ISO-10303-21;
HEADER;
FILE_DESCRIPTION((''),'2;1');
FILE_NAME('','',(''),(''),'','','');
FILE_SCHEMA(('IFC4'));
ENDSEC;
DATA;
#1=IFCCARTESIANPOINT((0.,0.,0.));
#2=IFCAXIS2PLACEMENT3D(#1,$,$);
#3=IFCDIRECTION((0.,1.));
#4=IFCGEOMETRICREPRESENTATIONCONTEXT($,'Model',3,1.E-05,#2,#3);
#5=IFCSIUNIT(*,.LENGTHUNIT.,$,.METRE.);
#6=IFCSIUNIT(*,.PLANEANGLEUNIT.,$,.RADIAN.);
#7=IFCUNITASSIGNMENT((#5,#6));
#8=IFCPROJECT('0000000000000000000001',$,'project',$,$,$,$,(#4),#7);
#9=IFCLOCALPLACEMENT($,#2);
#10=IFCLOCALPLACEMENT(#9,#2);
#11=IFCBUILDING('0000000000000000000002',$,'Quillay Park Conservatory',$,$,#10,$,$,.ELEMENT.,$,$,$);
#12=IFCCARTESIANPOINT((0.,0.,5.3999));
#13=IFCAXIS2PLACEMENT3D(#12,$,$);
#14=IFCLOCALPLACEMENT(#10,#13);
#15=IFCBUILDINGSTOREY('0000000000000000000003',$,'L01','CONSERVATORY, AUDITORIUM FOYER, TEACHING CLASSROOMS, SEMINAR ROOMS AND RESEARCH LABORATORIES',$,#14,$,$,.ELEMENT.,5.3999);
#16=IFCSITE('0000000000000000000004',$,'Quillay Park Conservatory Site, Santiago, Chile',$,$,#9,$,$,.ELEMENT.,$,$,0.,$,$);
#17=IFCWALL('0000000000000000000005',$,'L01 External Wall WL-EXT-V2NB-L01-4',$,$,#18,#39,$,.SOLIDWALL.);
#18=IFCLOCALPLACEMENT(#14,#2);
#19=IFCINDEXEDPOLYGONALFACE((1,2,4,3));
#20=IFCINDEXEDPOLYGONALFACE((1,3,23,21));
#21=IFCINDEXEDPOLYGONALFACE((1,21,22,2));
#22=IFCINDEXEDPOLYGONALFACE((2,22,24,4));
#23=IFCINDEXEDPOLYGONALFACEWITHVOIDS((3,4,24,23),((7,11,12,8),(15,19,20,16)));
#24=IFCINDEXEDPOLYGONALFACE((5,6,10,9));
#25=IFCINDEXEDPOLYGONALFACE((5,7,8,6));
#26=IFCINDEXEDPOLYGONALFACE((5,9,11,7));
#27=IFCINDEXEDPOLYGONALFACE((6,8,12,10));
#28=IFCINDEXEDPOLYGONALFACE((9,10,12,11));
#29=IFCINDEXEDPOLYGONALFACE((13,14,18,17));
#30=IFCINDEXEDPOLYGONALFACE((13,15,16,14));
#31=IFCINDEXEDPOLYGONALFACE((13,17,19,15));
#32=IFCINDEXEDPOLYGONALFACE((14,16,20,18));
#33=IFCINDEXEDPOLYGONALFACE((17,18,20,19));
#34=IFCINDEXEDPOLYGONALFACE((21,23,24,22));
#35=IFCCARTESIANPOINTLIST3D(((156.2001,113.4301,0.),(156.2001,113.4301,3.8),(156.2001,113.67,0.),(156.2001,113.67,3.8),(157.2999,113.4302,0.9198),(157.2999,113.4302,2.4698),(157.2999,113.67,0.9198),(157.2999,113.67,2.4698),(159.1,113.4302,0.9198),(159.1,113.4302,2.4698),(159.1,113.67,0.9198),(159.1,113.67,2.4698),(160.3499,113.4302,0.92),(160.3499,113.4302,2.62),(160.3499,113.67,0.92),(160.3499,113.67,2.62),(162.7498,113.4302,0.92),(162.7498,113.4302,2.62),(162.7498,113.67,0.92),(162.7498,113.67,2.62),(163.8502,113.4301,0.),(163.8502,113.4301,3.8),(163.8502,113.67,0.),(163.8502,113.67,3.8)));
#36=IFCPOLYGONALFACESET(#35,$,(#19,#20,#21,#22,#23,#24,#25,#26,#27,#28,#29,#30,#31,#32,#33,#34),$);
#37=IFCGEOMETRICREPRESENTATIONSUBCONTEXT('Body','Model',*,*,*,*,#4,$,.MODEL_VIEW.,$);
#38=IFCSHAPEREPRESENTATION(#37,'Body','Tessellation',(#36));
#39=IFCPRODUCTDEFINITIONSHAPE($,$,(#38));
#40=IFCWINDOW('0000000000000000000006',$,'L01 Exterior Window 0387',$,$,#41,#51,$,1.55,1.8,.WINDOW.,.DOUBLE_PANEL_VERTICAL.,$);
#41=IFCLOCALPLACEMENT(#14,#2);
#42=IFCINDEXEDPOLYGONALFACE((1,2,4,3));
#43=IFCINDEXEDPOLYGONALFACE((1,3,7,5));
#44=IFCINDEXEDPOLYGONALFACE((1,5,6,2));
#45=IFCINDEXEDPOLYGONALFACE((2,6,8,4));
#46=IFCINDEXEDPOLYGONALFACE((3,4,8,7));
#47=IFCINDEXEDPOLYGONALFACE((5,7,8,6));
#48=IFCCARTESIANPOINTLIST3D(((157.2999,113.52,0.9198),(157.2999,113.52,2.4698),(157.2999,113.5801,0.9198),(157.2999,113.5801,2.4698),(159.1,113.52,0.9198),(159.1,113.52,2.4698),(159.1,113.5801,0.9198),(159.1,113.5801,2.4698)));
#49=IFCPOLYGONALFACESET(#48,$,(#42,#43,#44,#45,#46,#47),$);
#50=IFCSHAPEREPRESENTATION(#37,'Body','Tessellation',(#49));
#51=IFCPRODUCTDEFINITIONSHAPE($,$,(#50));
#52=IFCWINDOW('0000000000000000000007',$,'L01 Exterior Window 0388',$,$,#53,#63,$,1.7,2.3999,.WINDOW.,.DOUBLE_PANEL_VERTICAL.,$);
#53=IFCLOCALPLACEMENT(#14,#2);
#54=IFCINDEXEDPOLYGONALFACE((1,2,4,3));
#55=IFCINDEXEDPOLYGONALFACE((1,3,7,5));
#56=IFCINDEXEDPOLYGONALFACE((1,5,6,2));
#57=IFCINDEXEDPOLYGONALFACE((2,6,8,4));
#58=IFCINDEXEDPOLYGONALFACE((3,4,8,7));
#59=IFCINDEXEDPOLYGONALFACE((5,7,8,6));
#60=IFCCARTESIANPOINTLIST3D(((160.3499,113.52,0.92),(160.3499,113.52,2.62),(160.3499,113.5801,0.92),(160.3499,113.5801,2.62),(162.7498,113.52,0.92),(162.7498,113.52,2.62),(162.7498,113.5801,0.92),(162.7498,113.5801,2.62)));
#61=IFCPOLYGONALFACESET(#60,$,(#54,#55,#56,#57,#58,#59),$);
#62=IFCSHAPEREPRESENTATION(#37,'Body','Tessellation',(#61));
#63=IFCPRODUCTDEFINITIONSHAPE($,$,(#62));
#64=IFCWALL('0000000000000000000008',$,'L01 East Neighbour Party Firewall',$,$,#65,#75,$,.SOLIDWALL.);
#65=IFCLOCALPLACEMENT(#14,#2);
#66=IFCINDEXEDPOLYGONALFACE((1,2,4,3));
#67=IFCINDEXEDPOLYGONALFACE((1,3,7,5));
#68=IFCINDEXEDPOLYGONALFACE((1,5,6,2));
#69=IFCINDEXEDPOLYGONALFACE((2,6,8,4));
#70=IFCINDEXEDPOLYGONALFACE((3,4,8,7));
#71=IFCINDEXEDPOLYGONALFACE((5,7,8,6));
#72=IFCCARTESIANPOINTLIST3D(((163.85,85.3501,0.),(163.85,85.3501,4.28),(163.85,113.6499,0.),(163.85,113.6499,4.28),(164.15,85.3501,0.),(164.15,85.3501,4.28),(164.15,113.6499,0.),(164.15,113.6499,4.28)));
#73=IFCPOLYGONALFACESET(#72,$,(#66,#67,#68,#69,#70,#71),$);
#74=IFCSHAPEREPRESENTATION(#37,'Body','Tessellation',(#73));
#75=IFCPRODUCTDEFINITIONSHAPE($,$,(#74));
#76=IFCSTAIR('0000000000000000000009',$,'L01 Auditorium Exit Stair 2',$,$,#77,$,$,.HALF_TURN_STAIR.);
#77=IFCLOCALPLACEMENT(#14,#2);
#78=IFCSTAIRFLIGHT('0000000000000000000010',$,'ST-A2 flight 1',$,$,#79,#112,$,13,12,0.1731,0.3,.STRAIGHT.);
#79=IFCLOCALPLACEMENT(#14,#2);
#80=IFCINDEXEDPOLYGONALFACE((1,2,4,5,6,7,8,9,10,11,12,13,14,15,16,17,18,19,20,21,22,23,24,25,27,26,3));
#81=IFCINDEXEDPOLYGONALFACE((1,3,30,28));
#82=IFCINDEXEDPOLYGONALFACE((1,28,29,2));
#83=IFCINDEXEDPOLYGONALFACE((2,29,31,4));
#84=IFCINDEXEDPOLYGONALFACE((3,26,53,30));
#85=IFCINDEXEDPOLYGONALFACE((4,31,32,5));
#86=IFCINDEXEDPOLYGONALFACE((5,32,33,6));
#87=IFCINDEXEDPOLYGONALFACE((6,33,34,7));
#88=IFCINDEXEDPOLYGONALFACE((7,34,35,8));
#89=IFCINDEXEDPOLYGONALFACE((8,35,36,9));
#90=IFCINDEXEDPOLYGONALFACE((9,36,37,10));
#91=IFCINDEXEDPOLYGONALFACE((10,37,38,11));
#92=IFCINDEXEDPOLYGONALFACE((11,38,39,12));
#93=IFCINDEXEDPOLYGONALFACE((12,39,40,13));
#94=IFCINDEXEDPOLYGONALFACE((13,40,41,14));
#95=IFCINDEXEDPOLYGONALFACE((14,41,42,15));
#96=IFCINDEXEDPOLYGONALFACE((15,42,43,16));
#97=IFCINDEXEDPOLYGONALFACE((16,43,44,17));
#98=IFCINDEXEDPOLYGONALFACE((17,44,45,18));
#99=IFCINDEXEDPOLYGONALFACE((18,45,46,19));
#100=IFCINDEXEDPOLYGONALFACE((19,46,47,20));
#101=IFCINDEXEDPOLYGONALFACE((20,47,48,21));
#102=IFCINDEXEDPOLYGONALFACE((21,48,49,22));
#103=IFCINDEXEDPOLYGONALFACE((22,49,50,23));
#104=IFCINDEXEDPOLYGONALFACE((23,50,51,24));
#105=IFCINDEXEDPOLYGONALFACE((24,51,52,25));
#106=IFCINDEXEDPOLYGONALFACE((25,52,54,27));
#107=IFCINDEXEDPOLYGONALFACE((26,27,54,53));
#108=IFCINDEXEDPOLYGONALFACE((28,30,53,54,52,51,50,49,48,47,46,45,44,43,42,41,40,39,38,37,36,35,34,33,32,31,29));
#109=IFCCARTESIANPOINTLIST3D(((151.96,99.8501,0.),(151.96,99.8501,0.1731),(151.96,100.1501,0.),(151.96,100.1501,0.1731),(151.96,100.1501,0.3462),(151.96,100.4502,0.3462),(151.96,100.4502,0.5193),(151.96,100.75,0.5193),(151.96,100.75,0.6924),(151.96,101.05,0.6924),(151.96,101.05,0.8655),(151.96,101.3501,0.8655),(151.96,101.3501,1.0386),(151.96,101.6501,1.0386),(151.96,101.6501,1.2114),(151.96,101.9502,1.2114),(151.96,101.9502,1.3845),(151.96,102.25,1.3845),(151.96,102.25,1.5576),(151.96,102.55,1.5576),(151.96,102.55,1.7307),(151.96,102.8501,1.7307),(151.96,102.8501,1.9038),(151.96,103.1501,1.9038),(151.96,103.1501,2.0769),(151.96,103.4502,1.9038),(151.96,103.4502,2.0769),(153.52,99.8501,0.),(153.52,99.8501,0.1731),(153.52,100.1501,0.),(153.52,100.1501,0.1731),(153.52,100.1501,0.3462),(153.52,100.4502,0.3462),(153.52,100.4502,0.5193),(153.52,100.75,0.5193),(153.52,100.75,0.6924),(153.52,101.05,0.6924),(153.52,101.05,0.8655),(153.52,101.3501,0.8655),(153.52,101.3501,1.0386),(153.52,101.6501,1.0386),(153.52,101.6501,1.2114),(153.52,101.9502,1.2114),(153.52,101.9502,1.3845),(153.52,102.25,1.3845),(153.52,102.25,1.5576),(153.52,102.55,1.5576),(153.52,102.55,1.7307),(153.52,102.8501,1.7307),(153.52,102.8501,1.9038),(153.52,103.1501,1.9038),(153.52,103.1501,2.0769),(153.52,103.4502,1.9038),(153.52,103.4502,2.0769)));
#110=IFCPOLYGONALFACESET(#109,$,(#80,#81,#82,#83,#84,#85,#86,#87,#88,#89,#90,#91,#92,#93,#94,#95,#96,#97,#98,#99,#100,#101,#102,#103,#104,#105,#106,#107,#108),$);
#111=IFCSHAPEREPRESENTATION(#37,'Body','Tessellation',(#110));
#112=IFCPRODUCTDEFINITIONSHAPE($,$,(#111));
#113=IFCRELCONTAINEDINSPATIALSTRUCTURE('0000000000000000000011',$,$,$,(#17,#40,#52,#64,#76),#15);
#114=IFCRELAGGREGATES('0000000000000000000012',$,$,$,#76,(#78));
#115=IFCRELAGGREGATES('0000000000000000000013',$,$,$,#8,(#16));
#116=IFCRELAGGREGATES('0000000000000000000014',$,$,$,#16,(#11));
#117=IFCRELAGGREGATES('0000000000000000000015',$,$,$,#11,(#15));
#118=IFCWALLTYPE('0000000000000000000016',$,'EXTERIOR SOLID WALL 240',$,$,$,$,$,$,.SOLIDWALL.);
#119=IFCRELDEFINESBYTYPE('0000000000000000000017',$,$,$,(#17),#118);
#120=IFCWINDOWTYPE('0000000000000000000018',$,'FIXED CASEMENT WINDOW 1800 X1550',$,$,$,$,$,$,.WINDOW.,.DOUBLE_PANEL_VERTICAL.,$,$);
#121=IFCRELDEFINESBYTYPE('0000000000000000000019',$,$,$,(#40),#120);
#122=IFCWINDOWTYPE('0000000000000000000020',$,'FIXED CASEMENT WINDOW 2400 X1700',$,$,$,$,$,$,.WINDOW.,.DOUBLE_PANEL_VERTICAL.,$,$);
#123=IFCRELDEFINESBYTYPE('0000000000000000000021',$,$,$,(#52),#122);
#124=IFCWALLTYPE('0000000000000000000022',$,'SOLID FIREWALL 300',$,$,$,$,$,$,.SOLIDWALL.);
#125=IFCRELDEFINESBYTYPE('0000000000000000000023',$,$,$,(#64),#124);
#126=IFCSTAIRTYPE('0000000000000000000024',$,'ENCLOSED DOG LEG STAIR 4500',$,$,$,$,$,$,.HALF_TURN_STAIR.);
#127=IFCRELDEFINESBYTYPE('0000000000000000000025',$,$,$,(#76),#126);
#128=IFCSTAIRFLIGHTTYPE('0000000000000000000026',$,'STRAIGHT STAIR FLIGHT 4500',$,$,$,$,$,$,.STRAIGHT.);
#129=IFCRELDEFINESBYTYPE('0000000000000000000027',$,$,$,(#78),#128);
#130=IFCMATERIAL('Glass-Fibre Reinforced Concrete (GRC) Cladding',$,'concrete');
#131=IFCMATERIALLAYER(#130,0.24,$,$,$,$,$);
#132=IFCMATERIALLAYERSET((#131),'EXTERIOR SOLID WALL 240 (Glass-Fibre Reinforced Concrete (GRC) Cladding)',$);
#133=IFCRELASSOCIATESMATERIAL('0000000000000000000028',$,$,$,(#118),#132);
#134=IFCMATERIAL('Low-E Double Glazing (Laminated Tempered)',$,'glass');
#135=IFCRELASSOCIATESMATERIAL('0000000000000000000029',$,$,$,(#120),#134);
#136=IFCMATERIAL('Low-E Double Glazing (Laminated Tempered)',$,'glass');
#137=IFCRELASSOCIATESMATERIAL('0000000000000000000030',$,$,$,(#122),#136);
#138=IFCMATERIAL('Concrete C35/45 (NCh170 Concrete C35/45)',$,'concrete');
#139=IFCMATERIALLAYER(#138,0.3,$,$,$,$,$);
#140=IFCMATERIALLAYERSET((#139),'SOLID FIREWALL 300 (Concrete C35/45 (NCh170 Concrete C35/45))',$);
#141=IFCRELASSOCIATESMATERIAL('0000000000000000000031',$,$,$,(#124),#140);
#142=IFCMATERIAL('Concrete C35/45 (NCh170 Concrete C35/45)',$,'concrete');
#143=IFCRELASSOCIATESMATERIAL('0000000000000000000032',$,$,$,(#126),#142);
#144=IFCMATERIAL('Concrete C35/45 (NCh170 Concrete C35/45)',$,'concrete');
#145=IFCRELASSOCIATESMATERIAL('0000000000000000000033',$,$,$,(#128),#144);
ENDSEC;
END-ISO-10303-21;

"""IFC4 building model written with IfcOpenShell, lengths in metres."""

from ifc_helpers import new_model, si_unit, direction, frame, frame_2d, origin, place, context, subcontext, project, spatial, polyline, rectangle, outline, extrude, material, layer, layer_set, type_object, element, fill, aggregate, save


model = new_model("IFC4")

# Units and contexts
model_context = context("Model", 3, precision=1e-05, world=origin(), true_north=direction((0.0, 1.0)))
body_context = subcontext(model_context, "Body", "Model", "MODEL_VIEW")
ifc_project = project(units=[si_unit("LENGTHUNIT", "METRE"), si_unit("PLANEANGLEUNIT", "RADIAN")], contexts=[model_context])

# Site, building, storey
site_placement = place(None, origin())
site = spatial("IfcSite", under=ifc_project, at=site_placement, Name="Quillay Park Conservatory Site, Santiago, Chile", CompositionType="ELEMENT", RefElevation=0.0)
building_placement = place(site_placement, origin())
building = spatial("IfcBuilding", under=site, at=building_placement, Name="Quillay Park Conservatory", CompositionType="ELEMENT")
storey_placement = place(building_placement, frame((0.0, 0.0, 5.3999)))
storey = spatial("IfcBuildingStorey", under=building, at=storey_placement, Name="L01", Description="CONSERVATORY, AUDITORIUM FOYER, TEACHING CLASSROOMS, SEMINAR ROOMS AND RESEARCH LABORATORIES", CompositionType="ELEMENT", Elevation=5.3999)

# Wall, openings, windows
ifc_material_1 = material(Name="Glass-Fibre Reinforced Concrete (GRC) Cladding", Category="concrete")
ifc_layer_1 = layer(ifc_material_1, 0.24)
ifc_layer_set_1 = layer_set([ifc_layer_1], Name="EXTERIOR SOLID WALL 240 (Glass-Fibre Reinforced Concrete (GRC) Cladding)")
wall_type_1 = type_object("IfcWallType", Name="EXTERIOR SOLID WALL 240", PredefinedType="SOLIDWALL", material=ifc_layer_set_1)
wall_1_placement = place(storey_placement, frame((156.2, 113.55, 0.0), z_axis=(0.0, 0.0, 1.0), x_axis=(1.0, 0.0, 0.0)))
wall_1 = element("IfcWall", 1, at=wall_1_placement, inside=storey, type_object=wall_type_1, Name="L01 External Wall WL-EXT-V2NB-L01-4", PredefinedType="SOLIDWALL", context=body_context, shape_type="SweptSolid", body=[
    extrude(rectangle(XDim=7.6501, YDim=0.24, at=frame_2d((3.8252, 0.0))), origin(), (0.0, 0.0, 1.0), 3.8),
])
opening_1_placement = place(wall_1_placement, frame((1.1001, 0.0, 0.9199)))
opening_1 = element("IfcOpeningElement", 2, at=opening_1_placement, cuts=wall_1, PredefinedType="OPENING", context=body_context, shape_type="SweptSolid", body=[
    extrude(rectangle(XDim=1.8, YDim=1.55, at=frame_2d((0.8999, 0.7749))), frame((0.0, 0.1201, 0.0), z_axis=(0.0, -1.0, 0.0), x_axis=(1.0, 0.0, 0.0)), (0.0, 0.0, 1.0), 0.24),
])
opening_2_placement = place(wall_1_placement, frame((4.1499, 0.0, 0.9199)))
opening_2 = element("IfcOpeningElement", 3, at=opening_2_placement, cuts=wall_1, PredefinedType="OPENING", context=body_context, shape_type="SweptSolid", body=[
    extrude(rectangle(XDim=2.3999, YDim=1.7, at=frame_2d((1.2, 0.8501))), frame((0.0, 0.1201, 0.0), z_axis=(0.0, -1.0, 0.0), x_axis=(1.0, 0.0, 0.0)), (0.0, 0.0, 1.0), 0.24),
])
ifc_material_2 = material(Name="Low-E Double Glazing (Laminated Tempered)", Category="glass")
window_type_1 = type_object("IfcWindowType", Name="FIXED CASEMENT WINDOW 1800 X1550", PartitioningType="DOUBLE_PANEL_VERTICAL", PredefinedType="WINDOW", material=ifc_material_2)
window_1_placement = place(opening_1_placement, origin())
window_1 = element("IfcWindow", 4, at=window_1_placement, inside=storey, type_object=window_type_1, Name="L01 Exterior Window 0387", OverallHeight=1.55, OverallWidth=1.8, PartitioningType="DOUBLE_PANEL_VERTICAL", PredefinedType="WINDOW", context=body_context, shape_type="SweptSolid", body=[
    extrude(rectangle(XDim=1.8, YDim=1.55, at=frame_2d((0.8999, 0.7749))), frame((0.0, 0.03, 0.0), z_axis=(0.0, -1.0, 0.0), x_axis=(1.0, 0.0, 0.0)), (0.0, 0.0, 1.0), 0.0601),
])
fill(opening_1, window_1)
ifc_material_3 = material(Name="Low-E Double Glazing (Laminated Tempered)", Category="glass")
window_type_2 = type_object("IfcWindowType", Name="FIXED CASEMENT WINDOW 2400 X1700", PartitioningType="DOUBLE_PANEL_VERTICAL", PredefinedType="WINDOW", material=ifc_material_3)
window_2_placement = place(opening_2_placement, origin())
window_2 = element("IfcWindow", 5, at=window_2_placement, inside=storey, type_object=window_type_2, Name="L01 Exterior Window 0388", OverallHeight=1.7, OverallWidth=2.3999, PartitioningType="DOUBLE_PANEL_VERTICAL", PredefinedType="WINDOW", context=body_context, shape_type="SweptSolid", body=[
    extrude(rectangle(XDim=2.3999, YDim=1.7, at=frame_2d((1.2, 0.8501))), frame((0.0, 0.03, 0.0), z_axis=(0.0, -1.0, 0.0), x_axis=(1.0, 0.0, 0.0)), (0.0, 0.0, 1.0), 0.0601),
])
fill(opening_2, window_2)

# Wall
ifc_material_4 = material(Name="Concrete C35/45 (NCh170 Concrete C35/45)", Category="concrete")
ifc_layer_2 = layer(ifc_material_4, 0.3)
ifc_layer_set_2 = layer_set([ifc_layer_2], Name="SOLID FIREWALL 300 (Concrete C35/45 (NCh170 Concrete C35/45))")
wall_type_2 = type_object("IfcWallType", Name="SOLID FIREWALL 300", PredefinedType="SOLIDWALL", material=ifc_layer_set_2)
wall_2_placement = place(storey_placement, frame((164.0, 113.6499, 0.0), z_axis=(0.0, 0.0, 1.0), x_axis=(0.0, -1.0, 0.0)))
element("IfcWall", 6, at=wall_2_placement, inside=storey, type_object=wall_type_2, Name="L01 East Neighbour Party Firewall", PredefinedType="SOLIDWALL", context=body_context, shape_type="SweptSolid", body=[
    extrude(rectangle(XDim=28.2998, YDim=0.3, at=frame_2d((14.1499, 0.0))), origin(), (0.0, 0.0, 1.0), 4.28),
])

# Stair, stair flight
ifc_material_5 = material(Name="Concrete C35/45 (NCh170 Concrete C35/45)", Category="concrete")
stair_type = type_object("IfcStairType", Name="ENCLOSED DOG LEG STAIR 4500", PredefinedType="HALF_TURN_STAIR", material=ifc_material_5)
stair_placement = place(storey_placement, origin())
stair = element("IfcStair", 7, at=stair_placement, inside=storey, type_object=stair_type, Name="L01 Auditorium Exit Stair 2", PredefinedType="HALF_TURN_STAIR")
ifc_material_6 = material(Name="Concrete C35/45 (NCh170 Concrete C35/45)", Category="concrete")
stair_flight_type = type_object("IfcStairFlightType", Name="STRAIGHT STAIR FLIGHT 4500", PredefinedType="STRAIGHT", material=ifc_material_6)
stair_flight_placement = place(storey_placement, frame((152.74, 99.8501, 0.0), z_axis=(0.0, 0.0, 1.0), x_axis=(0.0, 1.0, 0.0)))
stair_flight = element("IfcStairFlight", 8, at=stair_flight_placement, type_object=stair_flight_type, Name="ST-A2 flight 1", NumberOfRisers=13, NumberOfTreads=12, PredefinedType="STRAIGHT", RiserHeight=0.1731, TreadLength=0.3, context=body_context, shape_type="SweptSolid", body=[
    extrude(outline(polyline([(0.0, 0.0), (0.0, 0.1731), (0.3, 0.1731), (0.3, 0.3462), (0.6001, 0.3462), (0.6001, 0.5193), (0.8999, 0.5193), (0.8999, 0.6924), (1.2, 0.6924), (1.2, 0.8655), (1.5, 0.8655), (1.5, 1.0386), (1.8, 1.0386), (1.8, 1.2114), (2.1001, 1.2114), (2.1001, 1.3845), (2.3999, 1.3845), (2.3999, 1.5576), (2.7, 1.5576), (2.7, 1.7307), (3.0, 1.7307), (3.0, 1.9038), (3.3, 1.9038), (3.3, 2.0769), (3.6001, 2.0769), (3.6001, 2.25), (3.6001, 1.9038), (0.3, 0.0), (0.0, 0.0)])), frame((0.0, 0.78, 0.0), z_axis=(0.0, -1.0, 0.0), x_axis=(1.0, 0.0, 0.0)), (0.0, 0.0, 1.0), 1.5601),
])
aggregate(stair, [stair_flight])

save(model, "model.ifc")
